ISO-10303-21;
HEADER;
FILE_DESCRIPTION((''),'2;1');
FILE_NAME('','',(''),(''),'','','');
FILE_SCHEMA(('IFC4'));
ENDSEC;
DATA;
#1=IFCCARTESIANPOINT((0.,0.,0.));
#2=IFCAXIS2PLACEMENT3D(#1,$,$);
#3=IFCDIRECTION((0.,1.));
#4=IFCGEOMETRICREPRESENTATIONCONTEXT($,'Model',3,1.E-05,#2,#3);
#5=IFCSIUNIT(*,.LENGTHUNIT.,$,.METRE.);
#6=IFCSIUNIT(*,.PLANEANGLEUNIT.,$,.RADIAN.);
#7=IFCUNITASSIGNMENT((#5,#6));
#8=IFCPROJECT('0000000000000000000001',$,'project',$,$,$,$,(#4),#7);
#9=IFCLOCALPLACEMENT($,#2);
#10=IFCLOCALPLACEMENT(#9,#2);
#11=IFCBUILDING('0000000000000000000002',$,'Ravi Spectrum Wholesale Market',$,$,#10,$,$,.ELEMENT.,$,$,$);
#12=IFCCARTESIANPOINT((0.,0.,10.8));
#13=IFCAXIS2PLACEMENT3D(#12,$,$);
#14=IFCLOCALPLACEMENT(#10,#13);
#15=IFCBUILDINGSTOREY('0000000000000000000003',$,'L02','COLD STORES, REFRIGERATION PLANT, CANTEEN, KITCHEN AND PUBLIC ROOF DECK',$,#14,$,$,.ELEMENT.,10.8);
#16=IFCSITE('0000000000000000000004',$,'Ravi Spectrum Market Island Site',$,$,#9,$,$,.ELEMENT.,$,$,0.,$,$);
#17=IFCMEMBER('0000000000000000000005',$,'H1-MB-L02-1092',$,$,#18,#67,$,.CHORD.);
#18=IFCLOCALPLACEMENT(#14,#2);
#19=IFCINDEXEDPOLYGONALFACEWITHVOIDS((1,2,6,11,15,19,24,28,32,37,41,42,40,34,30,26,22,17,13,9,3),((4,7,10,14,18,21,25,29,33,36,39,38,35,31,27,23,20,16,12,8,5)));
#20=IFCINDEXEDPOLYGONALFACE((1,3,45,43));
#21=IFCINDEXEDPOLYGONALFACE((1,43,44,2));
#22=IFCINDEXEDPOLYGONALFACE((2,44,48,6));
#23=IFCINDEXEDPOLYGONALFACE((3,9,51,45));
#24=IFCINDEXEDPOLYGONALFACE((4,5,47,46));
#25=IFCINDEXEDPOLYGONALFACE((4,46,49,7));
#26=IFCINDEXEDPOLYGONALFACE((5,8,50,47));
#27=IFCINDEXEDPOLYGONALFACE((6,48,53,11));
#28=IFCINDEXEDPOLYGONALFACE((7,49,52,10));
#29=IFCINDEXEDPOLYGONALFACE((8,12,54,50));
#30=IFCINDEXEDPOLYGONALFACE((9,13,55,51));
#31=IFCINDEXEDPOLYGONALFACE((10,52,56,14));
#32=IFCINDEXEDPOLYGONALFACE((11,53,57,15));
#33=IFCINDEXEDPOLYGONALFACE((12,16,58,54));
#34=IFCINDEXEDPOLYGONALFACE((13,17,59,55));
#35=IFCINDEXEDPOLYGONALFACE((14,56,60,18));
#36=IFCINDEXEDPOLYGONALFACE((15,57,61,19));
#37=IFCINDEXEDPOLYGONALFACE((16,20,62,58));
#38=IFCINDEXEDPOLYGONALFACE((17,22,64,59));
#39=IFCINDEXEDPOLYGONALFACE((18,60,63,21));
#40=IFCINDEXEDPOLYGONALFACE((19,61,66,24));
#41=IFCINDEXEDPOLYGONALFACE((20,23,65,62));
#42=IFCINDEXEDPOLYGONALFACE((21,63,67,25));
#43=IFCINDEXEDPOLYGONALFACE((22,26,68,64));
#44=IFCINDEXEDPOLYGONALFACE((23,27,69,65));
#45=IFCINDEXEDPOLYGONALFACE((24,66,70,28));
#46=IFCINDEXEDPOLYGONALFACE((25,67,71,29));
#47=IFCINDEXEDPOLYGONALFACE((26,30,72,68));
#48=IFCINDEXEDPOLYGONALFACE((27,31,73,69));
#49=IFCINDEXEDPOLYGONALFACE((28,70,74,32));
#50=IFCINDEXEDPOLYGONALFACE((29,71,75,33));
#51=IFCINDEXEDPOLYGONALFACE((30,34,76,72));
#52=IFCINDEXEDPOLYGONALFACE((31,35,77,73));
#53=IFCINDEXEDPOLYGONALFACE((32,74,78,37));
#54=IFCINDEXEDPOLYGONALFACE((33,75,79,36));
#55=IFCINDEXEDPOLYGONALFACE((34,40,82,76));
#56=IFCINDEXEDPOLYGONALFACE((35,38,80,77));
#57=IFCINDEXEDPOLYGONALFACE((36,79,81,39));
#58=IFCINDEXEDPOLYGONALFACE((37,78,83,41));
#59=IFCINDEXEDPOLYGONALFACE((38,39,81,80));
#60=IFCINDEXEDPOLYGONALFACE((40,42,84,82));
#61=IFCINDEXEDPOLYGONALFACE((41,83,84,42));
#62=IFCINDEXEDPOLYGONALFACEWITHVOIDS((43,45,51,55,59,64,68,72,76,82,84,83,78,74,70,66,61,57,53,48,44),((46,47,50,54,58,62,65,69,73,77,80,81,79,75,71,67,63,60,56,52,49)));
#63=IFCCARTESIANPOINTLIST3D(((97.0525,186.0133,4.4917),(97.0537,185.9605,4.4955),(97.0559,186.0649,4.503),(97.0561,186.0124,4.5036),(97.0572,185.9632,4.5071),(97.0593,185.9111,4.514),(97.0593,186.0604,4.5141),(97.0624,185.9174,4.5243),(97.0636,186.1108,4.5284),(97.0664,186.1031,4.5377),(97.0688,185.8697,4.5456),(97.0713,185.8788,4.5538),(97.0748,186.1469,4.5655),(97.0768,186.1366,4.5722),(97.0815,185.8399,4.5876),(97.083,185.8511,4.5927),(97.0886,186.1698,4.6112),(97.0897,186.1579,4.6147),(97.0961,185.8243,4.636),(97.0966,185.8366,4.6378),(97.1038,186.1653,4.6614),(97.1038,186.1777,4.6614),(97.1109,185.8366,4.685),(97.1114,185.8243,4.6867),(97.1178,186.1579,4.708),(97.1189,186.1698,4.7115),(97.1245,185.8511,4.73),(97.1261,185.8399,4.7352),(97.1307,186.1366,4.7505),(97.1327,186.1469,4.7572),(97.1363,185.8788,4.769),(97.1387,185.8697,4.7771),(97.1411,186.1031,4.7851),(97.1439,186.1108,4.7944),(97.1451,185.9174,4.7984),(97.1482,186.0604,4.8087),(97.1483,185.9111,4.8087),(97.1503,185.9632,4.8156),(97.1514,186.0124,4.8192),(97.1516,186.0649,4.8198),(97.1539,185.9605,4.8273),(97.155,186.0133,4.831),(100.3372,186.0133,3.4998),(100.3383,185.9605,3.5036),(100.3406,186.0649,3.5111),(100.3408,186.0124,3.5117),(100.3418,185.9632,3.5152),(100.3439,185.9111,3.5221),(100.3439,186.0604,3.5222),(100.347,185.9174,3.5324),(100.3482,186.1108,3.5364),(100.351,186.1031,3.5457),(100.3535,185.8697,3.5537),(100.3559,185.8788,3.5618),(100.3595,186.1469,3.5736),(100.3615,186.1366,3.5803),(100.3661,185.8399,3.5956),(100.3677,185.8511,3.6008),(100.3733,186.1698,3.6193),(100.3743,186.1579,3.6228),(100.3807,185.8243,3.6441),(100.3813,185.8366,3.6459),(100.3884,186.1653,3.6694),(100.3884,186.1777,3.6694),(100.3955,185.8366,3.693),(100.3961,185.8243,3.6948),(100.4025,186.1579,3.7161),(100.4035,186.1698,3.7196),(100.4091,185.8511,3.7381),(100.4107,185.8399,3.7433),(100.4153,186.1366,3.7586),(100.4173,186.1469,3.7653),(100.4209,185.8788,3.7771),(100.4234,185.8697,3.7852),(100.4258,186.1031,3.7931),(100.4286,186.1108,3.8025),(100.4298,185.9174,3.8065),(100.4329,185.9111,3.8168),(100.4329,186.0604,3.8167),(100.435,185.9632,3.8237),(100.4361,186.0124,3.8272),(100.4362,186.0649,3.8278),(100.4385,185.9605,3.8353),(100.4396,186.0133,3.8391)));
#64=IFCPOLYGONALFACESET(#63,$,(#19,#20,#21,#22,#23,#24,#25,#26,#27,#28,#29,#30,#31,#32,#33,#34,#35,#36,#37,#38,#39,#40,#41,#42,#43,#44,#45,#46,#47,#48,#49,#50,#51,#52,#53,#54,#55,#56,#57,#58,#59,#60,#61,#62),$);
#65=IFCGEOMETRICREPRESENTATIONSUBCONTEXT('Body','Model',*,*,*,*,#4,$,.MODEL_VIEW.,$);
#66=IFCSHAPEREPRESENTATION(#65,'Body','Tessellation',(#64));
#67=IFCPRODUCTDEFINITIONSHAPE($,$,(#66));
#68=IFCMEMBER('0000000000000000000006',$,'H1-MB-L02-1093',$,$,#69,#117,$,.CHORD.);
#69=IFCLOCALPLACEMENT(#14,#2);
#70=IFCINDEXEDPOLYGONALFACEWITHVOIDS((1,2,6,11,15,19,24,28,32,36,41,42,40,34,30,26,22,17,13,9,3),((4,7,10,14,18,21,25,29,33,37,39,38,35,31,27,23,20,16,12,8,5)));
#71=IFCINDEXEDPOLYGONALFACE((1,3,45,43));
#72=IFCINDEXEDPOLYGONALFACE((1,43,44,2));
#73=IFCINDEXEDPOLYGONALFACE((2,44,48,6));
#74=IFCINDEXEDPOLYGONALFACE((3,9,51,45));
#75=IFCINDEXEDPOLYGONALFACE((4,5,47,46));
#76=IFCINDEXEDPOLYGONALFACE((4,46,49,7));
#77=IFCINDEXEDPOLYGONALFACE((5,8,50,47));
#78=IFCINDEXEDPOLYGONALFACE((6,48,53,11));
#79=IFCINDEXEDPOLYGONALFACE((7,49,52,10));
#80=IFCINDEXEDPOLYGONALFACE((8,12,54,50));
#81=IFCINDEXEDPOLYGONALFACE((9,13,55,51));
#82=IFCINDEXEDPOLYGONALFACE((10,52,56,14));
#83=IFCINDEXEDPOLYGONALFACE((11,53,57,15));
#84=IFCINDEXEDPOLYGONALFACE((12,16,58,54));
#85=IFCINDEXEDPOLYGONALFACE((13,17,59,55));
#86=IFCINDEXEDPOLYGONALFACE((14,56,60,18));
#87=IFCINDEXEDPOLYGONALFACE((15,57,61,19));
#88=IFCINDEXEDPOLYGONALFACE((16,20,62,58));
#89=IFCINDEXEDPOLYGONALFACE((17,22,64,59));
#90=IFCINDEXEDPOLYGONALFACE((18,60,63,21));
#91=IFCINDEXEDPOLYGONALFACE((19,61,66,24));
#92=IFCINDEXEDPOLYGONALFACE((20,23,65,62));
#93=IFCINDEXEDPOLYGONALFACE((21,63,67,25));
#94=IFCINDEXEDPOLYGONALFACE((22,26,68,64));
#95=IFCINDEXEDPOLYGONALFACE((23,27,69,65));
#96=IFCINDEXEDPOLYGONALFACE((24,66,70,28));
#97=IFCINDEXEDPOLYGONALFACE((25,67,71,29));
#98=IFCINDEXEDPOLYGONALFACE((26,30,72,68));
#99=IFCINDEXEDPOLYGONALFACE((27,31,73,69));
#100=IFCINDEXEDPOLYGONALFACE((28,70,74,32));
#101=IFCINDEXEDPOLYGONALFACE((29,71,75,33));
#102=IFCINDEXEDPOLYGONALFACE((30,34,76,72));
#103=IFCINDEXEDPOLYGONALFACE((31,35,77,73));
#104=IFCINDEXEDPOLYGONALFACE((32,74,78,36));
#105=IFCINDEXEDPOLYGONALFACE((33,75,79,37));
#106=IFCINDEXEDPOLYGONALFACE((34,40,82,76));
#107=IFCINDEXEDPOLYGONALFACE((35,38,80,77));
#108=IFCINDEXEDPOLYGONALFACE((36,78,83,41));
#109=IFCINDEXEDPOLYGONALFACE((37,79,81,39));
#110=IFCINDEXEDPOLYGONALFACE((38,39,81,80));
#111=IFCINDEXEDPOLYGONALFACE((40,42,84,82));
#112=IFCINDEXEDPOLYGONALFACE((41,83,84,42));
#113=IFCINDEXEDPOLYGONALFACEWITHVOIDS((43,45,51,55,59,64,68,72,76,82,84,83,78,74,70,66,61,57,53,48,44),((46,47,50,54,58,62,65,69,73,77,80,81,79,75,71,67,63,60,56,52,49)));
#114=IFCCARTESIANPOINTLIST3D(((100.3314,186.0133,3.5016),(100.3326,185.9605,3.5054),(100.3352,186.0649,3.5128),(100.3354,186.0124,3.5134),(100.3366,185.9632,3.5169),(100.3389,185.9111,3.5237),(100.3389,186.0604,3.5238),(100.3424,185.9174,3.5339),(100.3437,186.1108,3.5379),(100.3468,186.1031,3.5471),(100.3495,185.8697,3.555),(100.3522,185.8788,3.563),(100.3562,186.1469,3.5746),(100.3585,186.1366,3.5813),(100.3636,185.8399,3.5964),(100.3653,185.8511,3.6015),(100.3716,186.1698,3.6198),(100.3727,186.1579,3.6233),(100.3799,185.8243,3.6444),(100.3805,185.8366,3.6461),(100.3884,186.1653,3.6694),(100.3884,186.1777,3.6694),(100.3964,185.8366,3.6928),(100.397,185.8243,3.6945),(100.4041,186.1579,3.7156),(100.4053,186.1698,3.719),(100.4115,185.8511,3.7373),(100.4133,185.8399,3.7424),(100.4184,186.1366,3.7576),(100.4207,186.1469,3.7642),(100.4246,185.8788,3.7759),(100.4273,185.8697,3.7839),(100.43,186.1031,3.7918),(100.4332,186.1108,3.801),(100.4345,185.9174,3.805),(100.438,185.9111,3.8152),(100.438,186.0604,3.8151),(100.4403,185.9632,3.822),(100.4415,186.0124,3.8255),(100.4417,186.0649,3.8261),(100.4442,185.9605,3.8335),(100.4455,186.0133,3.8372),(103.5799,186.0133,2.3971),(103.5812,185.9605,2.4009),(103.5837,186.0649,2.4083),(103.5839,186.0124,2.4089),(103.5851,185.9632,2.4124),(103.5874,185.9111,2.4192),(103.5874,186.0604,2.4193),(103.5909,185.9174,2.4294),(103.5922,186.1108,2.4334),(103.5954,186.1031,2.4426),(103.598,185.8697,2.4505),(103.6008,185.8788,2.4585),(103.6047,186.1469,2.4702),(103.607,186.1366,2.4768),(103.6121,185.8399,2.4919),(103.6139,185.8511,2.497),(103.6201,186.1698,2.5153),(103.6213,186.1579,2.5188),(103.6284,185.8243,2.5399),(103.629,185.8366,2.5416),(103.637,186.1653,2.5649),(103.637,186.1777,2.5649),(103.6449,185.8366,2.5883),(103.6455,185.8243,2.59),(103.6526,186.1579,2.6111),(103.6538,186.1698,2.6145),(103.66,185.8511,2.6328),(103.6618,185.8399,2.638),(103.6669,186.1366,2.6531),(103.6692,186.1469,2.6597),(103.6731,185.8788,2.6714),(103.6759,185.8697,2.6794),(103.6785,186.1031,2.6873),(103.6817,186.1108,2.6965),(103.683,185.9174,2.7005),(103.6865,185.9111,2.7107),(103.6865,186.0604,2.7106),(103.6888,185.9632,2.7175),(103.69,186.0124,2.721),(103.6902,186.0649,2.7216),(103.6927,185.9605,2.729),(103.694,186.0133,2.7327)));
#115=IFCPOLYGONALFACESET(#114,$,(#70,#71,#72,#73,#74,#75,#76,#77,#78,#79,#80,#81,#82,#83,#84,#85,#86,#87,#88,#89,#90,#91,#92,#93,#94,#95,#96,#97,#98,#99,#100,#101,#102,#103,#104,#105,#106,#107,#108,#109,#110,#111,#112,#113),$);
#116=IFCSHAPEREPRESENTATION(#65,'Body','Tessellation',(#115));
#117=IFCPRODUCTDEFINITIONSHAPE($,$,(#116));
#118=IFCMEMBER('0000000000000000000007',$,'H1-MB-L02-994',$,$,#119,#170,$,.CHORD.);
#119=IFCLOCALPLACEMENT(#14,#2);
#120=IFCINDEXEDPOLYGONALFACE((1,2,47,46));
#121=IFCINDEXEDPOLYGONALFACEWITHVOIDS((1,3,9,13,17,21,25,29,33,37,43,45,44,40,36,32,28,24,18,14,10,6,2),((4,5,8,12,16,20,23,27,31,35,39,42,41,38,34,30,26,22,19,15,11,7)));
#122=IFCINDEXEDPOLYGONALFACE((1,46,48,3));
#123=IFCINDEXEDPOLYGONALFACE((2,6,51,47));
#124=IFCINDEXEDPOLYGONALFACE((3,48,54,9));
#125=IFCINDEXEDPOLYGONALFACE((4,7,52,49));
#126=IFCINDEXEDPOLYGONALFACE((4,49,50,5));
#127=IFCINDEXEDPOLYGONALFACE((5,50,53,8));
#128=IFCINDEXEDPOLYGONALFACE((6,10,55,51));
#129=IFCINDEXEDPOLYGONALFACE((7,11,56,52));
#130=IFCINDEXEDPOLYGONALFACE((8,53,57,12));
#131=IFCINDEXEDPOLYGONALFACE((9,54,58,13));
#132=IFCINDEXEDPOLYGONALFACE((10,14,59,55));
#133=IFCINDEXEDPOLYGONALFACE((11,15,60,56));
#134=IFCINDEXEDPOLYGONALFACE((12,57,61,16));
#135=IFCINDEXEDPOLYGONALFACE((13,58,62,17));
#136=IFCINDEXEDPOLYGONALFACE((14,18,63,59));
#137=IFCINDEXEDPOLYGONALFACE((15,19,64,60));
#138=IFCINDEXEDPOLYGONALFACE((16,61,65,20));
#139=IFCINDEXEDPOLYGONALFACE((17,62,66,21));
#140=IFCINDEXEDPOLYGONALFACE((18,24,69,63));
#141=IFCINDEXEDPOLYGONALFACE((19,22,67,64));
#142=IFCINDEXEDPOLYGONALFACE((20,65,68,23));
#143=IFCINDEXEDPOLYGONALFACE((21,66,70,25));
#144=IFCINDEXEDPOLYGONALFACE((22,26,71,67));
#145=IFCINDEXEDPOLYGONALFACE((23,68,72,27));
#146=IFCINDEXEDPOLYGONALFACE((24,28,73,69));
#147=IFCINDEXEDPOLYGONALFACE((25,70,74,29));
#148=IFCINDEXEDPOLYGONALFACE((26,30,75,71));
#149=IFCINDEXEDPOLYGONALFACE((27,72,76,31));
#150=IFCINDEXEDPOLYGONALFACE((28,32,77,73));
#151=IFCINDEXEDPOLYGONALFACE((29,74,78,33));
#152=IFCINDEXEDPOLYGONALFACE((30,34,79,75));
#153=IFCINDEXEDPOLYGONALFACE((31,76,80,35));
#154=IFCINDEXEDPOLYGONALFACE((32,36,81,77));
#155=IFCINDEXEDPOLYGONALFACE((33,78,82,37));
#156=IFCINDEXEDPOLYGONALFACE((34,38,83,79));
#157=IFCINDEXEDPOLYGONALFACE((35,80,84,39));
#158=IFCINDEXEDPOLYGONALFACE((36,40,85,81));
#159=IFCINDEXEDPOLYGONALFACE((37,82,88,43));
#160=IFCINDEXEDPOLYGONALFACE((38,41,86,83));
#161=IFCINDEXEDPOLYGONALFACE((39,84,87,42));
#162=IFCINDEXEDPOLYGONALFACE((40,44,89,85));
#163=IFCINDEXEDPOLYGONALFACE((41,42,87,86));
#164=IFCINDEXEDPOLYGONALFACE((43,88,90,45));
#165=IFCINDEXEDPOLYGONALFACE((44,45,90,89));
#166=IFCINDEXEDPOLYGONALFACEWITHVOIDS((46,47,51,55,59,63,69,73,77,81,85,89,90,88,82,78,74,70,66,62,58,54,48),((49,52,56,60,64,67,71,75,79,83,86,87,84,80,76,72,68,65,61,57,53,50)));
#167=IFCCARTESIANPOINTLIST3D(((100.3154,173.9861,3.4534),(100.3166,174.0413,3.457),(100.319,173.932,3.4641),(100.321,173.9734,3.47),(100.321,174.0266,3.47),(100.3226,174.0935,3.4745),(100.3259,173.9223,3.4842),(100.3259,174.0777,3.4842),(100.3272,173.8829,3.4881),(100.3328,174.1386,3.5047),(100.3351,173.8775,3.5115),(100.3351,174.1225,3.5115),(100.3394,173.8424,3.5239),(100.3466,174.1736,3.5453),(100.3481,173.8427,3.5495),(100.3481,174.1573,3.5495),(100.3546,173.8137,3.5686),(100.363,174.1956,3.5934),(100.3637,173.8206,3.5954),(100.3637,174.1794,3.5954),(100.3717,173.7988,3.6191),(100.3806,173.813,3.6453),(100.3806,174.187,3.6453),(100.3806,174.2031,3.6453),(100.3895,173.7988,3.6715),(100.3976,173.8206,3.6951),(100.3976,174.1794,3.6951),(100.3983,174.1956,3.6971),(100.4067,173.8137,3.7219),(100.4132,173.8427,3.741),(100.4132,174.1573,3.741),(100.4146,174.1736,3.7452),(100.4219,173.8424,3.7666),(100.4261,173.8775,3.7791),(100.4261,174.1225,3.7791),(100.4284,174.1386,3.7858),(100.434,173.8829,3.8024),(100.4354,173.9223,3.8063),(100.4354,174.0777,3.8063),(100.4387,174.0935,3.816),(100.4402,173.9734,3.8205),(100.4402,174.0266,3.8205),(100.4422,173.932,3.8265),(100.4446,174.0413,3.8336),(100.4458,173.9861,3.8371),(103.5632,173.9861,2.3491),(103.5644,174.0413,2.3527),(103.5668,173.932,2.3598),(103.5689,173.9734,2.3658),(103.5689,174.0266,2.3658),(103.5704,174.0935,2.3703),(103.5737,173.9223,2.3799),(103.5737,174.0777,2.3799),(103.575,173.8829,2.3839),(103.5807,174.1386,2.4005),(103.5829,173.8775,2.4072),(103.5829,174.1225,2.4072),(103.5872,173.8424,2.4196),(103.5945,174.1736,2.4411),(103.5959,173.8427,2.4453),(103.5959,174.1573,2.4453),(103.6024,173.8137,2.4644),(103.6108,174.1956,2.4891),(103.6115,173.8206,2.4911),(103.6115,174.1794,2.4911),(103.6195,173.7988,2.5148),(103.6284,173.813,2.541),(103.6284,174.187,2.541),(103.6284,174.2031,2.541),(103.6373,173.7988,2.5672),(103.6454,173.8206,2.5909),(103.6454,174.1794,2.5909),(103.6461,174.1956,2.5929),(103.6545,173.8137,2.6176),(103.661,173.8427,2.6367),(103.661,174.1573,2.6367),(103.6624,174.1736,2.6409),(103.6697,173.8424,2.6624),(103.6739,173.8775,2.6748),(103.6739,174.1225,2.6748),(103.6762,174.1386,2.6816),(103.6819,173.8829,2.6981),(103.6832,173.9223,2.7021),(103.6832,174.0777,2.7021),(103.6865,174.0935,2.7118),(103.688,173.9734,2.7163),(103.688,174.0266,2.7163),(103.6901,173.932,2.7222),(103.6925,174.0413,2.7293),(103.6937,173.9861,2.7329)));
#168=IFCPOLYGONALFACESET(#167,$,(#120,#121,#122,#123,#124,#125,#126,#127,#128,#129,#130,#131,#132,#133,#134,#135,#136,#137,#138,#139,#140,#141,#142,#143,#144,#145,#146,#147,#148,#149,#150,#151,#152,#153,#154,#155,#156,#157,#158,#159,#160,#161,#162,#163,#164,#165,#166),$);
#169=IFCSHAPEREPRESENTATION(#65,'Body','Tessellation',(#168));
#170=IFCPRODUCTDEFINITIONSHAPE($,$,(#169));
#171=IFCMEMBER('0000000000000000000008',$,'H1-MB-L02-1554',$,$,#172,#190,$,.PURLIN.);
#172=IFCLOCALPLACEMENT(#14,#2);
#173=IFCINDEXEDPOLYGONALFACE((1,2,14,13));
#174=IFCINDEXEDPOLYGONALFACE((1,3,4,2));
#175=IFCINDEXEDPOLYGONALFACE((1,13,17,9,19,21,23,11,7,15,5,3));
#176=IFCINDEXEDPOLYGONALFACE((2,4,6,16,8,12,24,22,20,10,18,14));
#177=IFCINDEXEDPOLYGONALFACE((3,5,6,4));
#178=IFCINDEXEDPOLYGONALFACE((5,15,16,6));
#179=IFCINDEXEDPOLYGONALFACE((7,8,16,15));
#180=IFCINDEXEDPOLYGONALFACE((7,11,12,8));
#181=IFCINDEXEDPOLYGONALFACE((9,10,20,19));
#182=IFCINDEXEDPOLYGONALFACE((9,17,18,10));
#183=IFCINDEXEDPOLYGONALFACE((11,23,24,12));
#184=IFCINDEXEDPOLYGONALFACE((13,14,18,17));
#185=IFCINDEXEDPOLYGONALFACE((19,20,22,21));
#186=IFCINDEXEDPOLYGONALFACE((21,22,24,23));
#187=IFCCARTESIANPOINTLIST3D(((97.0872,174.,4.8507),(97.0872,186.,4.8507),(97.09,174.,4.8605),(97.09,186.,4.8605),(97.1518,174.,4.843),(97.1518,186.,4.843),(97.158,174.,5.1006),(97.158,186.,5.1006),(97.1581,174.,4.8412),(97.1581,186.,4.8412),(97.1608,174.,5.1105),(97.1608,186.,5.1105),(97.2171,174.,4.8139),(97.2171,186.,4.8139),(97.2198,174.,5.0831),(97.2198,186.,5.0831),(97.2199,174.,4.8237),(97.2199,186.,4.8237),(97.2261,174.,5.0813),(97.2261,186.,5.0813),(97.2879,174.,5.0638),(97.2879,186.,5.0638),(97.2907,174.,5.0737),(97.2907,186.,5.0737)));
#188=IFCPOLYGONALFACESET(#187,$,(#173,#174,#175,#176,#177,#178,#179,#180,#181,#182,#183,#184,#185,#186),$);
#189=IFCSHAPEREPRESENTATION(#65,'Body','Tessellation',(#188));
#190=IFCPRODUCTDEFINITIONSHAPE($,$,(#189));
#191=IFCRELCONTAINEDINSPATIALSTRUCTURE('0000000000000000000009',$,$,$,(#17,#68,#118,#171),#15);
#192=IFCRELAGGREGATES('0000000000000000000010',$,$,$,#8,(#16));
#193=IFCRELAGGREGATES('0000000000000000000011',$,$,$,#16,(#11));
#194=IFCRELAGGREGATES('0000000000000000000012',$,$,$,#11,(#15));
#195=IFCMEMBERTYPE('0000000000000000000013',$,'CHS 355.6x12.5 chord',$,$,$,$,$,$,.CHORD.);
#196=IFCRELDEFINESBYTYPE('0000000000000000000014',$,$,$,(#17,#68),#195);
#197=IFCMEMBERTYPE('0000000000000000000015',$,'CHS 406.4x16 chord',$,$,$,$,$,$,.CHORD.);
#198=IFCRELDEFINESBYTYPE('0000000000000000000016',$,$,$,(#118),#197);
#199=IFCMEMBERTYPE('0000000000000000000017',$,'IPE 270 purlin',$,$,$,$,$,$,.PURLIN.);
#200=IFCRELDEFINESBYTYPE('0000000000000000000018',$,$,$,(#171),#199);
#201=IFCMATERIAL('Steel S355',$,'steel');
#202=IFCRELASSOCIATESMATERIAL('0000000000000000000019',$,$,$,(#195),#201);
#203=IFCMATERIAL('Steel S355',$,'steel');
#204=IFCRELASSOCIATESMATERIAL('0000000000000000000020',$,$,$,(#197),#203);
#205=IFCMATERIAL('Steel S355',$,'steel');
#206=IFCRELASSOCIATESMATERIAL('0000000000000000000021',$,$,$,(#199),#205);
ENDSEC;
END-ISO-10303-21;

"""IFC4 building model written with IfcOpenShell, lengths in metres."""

from ifc_helpers import new_model, si_unit, direction, frame, origin, origin_2d, place, context, subcontext, project, spatial, hollow_circle, i_section, extrude, material, material_profile, profile_set, type_object, element, save


model = new_model("IFC4")

# Units and contexts
model_context = context("Model", 3, precision=1e-05, world=origin(), true_north=direction((0.0, 1.0)))
body_context = subcontext(model_context, "Body", "Model", "MODEL_VIEW")
ifc_project = project(units=[si_unit("LENGTHUNIT", "METRE"), si_unit("PLANEANGLEUNIT", "RADIAN")], contexts=[model_context])

# Site, building, storey
site_placement = place(None, origin())
site = spatial("IfcSite", under=ifc_project, at=site_placement, Name="Ravi Spectrum Market Island Site", CompositionType="ELEMENT", RefElevation=0.0)
building_placement = place(site_placement, origin())
building = spatial("IfcBuilding", under=site, at=building_placement, Name="Ravi Spectrum Wholesale Market", CompositionType="ELEMENT")
storey_placement = place(building_placement, frame((0.0, 0.0, 10.8)))
storey = spatial("IfcBuildingStorey", under=building, at=storey_placement, Name="L02", Description="COLD STORES, REFRIGERATION PLANT, CANTEEN, KITCHEN AND PUBLIC ROOF DECK", CompositionType="ELEMENT", Elevation=10.8)

# Members
ifc_material_1 = material(Name="Steel S355", Category="steel")
ifc_material_profile_1 = material_profile(ifc_material_1, hollow_circle(Radius=0.1777, WallThickness=0.0125, at=origin_2d()))
ifc_profile_set_1 = profile_set([ifc_material_profile_1], Name="Steel S355")
member_type_1 = type_object("IfcMemberType", Name="CHS 355.6x12.5 chord", PredefinedType="CHORD", material=ifc_profile_set_1)
for number, where, z_axis, x_axis, name in (
    (1, (97.1038, 186.0, 4.6614), (0.9573, 0.0, -0.289097), (0.0, 1.0, 0.0), "H1-MB-L02-1092"),
    (2, (100.3884, 186.0, 3.6694), (0.946774, 0.0, -0.3219), (0.0, 1.0, 0.0), "H1-MB-L02-1093"),
):
    element("IfcMember", number, at=place(storey_placement, frame(where, z_axis=z_axis, x_axis=x_axis)), inside=storey, type_object=member_type_1, Name=name, PredefinedType="CHORD", context=body_context, shape_type="SweptSolid", body=[
        extrude(hollow_circle(Radius=0.1777, WallThickness=0.0125, at=origin_2d()), origin(), (0.0, 0.0, 1.0), 3.4312),
    ])
ifc_material_2 = material(Name="Steel S355", Category="steel")
ifc_material_profile_2 = material_profile(ifc_material_2, hollow_circle(Radius=0.2031, WallThickness=0.0161, at=origin_2d()))
ifc_profile_set_2 = profile_set([ifc_material_profile_2], Name="Steel S355")
member_type_2 = type_object("IfcMemberType", Name="CHS 406.4x16 chord", PredefinedType="CHORD", material=ifc_profile_set_2)
member_1_placement = place(storey_placement, frame((100.3806, 174.0, 3.6453), z_axis=(0.946773, 0.0, -0.321901), x_axis=(0.0, 1.0, 0.0)))
element("IfcMember", 3, at=member_1_placement, inside=storey, type_object=member_type_2, Name="H1-MB-L02-994", PredefinedType="CHORD", context=body_context, shape_type="SweptSolid", body=[
    extrude(hollow_circle(Radius=0.2031, WallThickness=0.0161, at=origin_2d()), origin(), (0.0, 0.0, 1.0), 3.4304),
])
ifc_material_3 = material(Name="Steel S355", Category="steel")
ifc_material_profile_3 = material_profile(ifc_material_3, i_section(OverallWidth=0.135, OverallDepth=0.27, WebThickness=0.0066, FlangeThickness=0.0103, at=origin_2d()))
ifc_profile_set_3 = profile_set([ifc_material_profile_3], Name="Steel S355")
member_type_3 = type_object("IfcMemberType", Name="IPE 270 purlin", PredefinedType="PURLIN", material=ifc_profile_set_3)
for number, where, z_axis, x_axis, name in (
    (4, (97.189, 174.0, 4.9622), (0.0, 1.0, 0.0), (-0.962156, 0.0, 0.272499), "H1-MB-L02-1554"),
):
    element("IfcMember", number, at=place(storey_placement, frame(where, z_axis=z_axis, x_axis=x_axis)), inside=storey, type_object=member_type_3, Name=name, PredefinedType="PURLIN", context=body_context, shape_type="SweptSolid", body=[
        extrude(i_section(OverallWidth=0.135, OverallDepth=0.27, WebThickness=0.0066, FlangeThickness=0.0103, at=origin_2d()), origin(), (0.0, 0.0, 1.0), 12.0),
    ])

save(model, "model.ifc")
